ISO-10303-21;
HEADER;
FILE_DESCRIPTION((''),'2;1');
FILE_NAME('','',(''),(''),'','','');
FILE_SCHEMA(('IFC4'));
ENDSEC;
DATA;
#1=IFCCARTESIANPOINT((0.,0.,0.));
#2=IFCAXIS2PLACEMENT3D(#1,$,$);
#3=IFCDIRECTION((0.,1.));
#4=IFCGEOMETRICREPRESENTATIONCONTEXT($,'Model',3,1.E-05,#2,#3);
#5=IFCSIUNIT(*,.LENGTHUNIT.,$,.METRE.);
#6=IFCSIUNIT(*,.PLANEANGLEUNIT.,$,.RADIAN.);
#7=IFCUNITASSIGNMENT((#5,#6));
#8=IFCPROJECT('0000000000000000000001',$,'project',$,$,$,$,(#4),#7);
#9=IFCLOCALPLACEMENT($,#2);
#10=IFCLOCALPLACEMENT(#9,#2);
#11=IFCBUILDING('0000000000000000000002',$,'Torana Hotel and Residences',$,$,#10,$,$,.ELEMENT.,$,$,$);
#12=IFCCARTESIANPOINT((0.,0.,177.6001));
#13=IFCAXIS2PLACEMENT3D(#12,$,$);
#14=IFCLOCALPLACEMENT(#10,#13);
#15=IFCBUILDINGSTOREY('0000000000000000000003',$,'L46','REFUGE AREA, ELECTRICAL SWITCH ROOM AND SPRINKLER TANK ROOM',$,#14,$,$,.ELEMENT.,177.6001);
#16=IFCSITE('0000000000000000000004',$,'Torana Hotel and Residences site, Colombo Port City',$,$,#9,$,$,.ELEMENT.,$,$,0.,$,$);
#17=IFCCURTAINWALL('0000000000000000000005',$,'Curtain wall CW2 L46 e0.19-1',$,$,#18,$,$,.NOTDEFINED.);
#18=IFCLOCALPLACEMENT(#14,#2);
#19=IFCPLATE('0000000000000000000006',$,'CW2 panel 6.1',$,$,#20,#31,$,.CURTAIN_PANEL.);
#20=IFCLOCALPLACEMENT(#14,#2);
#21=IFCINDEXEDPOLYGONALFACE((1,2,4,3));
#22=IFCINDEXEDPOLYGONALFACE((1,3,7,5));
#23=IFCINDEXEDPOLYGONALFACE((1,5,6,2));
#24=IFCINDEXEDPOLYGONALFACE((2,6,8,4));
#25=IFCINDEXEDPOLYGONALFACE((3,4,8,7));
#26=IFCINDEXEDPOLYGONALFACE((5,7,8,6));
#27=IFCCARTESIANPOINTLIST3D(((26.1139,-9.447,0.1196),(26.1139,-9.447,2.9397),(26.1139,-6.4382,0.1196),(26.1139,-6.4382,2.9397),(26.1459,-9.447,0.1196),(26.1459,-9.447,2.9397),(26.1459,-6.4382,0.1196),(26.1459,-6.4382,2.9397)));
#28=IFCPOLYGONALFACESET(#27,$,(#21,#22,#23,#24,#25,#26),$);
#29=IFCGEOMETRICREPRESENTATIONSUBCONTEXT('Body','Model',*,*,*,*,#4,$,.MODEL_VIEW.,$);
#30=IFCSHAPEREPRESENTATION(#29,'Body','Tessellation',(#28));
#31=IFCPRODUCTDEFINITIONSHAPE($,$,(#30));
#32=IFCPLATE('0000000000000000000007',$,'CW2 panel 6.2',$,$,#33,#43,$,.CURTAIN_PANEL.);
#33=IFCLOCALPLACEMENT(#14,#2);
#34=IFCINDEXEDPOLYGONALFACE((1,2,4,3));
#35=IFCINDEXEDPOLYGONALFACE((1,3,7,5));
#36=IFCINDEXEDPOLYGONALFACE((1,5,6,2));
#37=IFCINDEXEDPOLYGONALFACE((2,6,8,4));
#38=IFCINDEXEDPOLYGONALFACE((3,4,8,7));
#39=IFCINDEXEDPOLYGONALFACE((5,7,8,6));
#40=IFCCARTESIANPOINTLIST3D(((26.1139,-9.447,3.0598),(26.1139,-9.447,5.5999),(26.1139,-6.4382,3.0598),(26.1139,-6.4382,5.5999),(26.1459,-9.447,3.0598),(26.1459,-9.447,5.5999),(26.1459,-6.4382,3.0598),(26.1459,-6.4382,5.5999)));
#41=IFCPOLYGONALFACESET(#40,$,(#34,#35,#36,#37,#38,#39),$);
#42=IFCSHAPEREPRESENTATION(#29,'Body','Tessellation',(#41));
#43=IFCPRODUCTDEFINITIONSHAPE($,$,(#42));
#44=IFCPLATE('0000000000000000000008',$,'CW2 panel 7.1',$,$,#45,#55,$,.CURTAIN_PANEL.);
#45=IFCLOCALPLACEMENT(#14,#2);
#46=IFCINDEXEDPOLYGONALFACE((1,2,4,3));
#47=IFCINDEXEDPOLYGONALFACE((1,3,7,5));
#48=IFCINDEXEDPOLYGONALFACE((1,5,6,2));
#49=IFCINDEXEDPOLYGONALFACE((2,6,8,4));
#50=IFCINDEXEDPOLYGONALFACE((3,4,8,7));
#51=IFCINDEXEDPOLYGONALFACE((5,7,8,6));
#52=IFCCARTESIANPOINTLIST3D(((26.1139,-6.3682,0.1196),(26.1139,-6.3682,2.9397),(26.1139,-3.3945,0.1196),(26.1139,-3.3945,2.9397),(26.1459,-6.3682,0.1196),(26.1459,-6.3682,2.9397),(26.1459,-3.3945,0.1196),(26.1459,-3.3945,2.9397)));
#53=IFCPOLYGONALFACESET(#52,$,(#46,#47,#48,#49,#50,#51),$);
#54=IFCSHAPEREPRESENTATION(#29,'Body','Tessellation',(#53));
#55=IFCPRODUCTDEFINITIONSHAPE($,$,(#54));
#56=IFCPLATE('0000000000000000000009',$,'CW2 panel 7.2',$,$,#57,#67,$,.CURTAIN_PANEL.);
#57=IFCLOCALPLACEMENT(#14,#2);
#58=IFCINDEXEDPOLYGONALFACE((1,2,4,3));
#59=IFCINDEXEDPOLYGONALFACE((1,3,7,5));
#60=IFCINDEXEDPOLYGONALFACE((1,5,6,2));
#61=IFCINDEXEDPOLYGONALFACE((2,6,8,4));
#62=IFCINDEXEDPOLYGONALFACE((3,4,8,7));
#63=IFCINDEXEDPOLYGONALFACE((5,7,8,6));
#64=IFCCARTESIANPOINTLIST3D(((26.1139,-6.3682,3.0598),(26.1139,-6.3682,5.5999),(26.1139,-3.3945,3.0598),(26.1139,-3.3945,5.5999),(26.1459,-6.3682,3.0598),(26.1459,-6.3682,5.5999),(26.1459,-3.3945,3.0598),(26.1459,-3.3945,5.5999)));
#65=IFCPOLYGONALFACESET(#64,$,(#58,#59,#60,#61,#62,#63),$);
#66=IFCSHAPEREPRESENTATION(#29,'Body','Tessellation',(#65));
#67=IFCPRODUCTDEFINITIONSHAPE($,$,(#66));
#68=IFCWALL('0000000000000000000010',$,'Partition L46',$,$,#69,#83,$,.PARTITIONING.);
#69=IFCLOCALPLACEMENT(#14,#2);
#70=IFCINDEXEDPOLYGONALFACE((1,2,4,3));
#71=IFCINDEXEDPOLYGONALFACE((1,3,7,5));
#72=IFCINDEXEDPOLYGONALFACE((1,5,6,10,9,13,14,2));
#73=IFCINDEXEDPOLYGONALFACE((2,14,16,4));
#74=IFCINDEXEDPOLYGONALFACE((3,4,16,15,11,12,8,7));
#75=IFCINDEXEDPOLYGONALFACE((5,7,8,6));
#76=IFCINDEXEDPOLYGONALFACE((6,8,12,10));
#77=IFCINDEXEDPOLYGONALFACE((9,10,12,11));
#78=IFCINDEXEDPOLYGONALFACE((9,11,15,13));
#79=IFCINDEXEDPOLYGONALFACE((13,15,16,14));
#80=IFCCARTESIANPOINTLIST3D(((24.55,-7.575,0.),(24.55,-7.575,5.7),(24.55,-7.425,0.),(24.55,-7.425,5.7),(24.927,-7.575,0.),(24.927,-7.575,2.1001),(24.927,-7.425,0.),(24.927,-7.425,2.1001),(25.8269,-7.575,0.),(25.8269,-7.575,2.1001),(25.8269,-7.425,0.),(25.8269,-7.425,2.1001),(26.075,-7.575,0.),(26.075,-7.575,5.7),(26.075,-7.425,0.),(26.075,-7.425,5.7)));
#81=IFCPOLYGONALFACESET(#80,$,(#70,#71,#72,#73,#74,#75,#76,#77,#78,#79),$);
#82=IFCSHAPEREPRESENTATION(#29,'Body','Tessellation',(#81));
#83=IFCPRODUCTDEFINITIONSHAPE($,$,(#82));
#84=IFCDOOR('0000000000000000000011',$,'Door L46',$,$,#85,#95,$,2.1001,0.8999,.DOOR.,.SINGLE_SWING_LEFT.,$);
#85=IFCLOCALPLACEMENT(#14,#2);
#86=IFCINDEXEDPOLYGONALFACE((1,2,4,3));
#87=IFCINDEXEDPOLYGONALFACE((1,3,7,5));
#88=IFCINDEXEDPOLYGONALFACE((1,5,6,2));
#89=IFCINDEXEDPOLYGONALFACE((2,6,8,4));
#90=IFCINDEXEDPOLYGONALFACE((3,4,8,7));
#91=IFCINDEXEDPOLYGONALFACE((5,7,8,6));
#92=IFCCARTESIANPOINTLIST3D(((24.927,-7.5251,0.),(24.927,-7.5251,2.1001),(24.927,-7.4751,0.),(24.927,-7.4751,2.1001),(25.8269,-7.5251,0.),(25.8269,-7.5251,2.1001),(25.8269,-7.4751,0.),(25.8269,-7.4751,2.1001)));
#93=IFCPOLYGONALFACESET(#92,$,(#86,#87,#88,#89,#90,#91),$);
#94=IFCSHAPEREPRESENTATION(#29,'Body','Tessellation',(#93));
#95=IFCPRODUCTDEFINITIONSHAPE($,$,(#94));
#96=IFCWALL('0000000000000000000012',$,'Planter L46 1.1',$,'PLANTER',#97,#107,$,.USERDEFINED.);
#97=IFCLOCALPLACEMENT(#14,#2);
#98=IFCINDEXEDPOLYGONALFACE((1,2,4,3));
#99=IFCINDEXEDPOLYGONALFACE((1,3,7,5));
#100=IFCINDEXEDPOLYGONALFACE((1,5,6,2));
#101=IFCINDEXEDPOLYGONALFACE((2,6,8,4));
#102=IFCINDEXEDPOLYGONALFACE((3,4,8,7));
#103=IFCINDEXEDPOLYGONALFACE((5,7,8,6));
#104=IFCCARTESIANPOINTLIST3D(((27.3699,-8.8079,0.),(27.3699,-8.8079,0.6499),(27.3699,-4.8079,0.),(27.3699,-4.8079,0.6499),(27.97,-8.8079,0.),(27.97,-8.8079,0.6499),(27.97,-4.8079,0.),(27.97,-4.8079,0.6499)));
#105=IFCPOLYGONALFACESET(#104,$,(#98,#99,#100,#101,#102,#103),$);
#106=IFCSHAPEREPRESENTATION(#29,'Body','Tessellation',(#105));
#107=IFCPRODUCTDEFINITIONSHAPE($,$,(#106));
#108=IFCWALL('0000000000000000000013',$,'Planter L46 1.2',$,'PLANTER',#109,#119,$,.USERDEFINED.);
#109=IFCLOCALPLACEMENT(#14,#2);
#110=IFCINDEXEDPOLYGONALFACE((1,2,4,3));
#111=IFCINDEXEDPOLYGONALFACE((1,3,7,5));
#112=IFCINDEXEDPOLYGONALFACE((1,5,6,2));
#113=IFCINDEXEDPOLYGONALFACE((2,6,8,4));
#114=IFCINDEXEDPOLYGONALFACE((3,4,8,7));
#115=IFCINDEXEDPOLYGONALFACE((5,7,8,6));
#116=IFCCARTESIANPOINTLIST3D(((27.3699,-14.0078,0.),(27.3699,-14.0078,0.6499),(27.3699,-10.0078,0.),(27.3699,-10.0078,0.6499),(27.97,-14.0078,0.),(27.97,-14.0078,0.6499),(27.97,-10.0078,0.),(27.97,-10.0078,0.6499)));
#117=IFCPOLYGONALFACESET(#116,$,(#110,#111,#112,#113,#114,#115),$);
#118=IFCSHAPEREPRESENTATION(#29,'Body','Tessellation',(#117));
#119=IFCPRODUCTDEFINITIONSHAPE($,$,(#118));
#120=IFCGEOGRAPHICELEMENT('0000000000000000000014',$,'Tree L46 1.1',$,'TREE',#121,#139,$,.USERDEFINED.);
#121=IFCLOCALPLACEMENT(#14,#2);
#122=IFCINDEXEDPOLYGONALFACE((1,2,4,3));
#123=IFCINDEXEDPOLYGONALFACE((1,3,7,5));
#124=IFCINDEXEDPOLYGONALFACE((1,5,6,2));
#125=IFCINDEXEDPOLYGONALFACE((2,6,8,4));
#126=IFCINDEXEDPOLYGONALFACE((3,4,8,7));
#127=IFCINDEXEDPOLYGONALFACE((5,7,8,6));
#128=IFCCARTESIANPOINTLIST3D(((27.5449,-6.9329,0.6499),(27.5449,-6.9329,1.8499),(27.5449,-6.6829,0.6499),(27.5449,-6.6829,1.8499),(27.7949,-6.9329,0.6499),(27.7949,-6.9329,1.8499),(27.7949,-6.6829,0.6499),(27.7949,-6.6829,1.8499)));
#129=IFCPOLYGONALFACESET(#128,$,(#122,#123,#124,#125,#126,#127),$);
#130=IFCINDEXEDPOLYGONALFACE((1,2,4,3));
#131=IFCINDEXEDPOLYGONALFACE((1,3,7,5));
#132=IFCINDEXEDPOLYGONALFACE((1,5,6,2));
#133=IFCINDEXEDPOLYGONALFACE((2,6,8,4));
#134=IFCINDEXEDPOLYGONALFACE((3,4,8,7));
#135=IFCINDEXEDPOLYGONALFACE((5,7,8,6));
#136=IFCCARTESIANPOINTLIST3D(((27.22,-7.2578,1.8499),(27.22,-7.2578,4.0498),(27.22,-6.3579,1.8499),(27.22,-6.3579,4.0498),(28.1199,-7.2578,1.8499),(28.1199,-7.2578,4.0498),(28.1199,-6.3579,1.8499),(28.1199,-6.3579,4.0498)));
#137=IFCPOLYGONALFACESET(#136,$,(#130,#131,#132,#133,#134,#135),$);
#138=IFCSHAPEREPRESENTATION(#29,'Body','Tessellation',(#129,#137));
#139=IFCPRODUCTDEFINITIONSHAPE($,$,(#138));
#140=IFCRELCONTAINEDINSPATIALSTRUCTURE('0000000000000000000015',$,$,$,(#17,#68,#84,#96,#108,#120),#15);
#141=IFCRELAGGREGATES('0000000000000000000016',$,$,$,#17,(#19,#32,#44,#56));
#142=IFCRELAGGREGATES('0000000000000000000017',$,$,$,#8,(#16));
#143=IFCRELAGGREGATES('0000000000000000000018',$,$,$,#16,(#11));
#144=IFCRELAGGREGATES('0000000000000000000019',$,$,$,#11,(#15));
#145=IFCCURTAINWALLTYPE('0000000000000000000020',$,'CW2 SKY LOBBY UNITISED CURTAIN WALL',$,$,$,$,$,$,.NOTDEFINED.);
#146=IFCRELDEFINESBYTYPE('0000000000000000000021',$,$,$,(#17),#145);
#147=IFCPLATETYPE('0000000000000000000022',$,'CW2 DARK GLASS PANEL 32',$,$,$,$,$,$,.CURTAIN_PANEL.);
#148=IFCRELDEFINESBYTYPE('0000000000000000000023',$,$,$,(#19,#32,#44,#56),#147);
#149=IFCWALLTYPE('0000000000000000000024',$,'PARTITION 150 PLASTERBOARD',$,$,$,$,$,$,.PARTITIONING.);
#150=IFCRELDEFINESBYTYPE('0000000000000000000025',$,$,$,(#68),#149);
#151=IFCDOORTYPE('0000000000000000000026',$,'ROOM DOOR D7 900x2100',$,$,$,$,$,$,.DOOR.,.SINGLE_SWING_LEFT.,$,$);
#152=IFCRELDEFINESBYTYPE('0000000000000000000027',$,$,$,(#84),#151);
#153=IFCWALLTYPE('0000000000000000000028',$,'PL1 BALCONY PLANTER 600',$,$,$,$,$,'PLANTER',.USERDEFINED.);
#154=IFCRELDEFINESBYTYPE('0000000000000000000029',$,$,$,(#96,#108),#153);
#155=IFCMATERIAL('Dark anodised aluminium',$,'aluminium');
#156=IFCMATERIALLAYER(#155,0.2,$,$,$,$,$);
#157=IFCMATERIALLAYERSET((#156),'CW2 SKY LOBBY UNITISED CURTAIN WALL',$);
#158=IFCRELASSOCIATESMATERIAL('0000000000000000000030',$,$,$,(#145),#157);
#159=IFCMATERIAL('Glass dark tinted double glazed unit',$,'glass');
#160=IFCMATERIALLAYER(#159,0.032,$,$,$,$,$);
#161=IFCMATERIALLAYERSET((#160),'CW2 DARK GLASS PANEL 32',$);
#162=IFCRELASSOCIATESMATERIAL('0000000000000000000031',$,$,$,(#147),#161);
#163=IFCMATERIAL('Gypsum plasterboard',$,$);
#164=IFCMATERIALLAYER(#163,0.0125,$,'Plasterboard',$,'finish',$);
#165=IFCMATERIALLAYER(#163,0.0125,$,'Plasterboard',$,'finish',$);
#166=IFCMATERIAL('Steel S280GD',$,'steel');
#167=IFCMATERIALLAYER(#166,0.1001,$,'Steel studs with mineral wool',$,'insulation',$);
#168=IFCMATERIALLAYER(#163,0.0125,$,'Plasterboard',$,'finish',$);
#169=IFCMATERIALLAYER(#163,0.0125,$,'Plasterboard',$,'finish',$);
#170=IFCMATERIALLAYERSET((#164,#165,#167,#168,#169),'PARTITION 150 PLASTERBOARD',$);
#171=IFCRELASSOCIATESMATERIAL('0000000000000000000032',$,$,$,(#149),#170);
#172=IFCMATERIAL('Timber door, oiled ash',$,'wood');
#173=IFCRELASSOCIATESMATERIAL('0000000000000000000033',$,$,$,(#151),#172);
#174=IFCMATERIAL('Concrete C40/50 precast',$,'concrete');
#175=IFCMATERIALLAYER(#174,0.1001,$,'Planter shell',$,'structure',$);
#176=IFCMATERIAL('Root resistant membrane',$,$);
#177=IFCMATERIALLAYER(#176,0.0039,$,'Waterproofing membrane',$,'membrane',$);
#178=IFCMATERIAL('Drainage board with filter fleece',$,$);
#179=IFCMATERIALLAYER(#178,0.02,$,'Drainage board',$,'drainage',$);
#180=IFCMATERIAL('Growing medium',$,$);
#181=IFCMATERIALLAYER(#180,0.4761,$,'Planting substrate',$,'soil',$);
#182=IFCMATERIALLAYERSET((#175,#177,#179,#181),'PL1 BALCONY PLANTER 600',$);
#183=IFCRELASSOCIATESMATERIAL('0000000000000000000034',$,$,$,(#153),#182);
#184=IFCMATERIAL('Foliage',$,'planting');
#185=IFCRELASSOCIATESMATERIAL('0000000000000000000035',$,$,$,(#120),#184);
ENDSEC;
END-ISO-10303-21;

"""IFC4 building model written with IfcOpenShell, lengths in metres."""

from ifc_helpers import new_model, si_unit, direction, frame, frame_2d, origin, origin_2d, place, context, subcontext, project, spatial, rectangle, extrude, material, layer, layer_set, type_object, element, fill, aggregate, save


model = new_model("IFC4")

# Units and contexts
model_context = context("Model", 3, precision=1e-05, world=origin(), true_north=direction((0.0, 1.0)))
body_context = subcontext(model_context, "Body", "Model", "MODEL_VIEW")
ifc_project = project(units=[si_unit("LENGTHUNIT", "METRE"), si_unit("PLANEANGLEUNIT", "RADIAN")], contexts=[model_context])

# Site, building, storey
site_placement = place(None, origin())
site = spatial("IfcSite", under=ifc_project, at=site_placement, Name="Torana Hotel and Residences site, Colombo Port City", CompositionType="ELEMENT", RefElevation=0.0)
building_placement = place(site_placement, origin())
building = spatial("IfcBuilding", under=site, at=building_placement, Name="Torana Hotel and Residences", CompositionType="ELEMENT")
storey_placement = place(building_placement, frame((0.0, 0.0, 177.6001)))
storey = spatial("IfcBuildingStorey", under=building, at=storey_placement, Name="L46", Description="REFUGE AREA, ELECTRICAL SWITCH ROOM AND SPRINKLER TANK ROOM", CompositionType="ELEMENT", Elevation=177.6001)

# Shared definitions
ifc_material_1 = material(Name="Dark anodised aluminium", Category="aluminium")
ifc_layer_1 = layer(ifc_material_1, 0.2)
ifc_layer_set_1 = layer_set([ifc_layer_1], Name="CW2 SKY LOBBY UNITISED CURTAIN WALL")
curtain_wall_type = type_object("IfcCurtainWallType", Name="CW2 SKY LOBBY UNITISED CURTAIN WALL", PredefinedType="NOTDEFINED", material=ifc_layer_set_1)

# Curtain wall
curtain_wall_1_placement = place(storey_placement, origin())
curtain_wall_1 = element("IfcCurtainWall", 1, at=curtain_wall_1_placement, inside=storey, type_object=curtain_wall_type, Name="Curtain wall CW2 L46 e0.19-1", PredefinedType="NOTDEFINED")

# Plates
ifc_material_2 = material(Name="Glass dark tinted double glazed unit", Category="glass")
ifc_layer_2 = layer(ifc_material_2, 0.032)
ifc_layer_set_2 = layer_set([ifc_layer_2], Name="CW2 DARK GLASS PANEL 32")
plate_type = type_object("IfcPlateType", Name="CW2 DARK GLASS PANEL 32", PredefinedType="CURTAIN_PANEL", material=ifc_layer_set_2)
plate_1_placement = place(storey_placement, frame((26.1299, -7.9426, 0.1196), z_axis=(0.0, 0.0, 1.0), x_axis=(0.0, 1.0, 0.0)))
plate_1 = element("IfcPlate", 2, at=plate_1_placement, type_object=plate_type, Name="CW2 panel 6.1", PredefinedType="CURTAIN_PANEL", context=body_context, shape_type="SweptSolid", body=[
    extrude(rectangle(XDim=3.0088, YDim=0.032, at=origin_2d()), origin(), (0.0, 0.0, 1.0), 2.8201),
])
plate_2_placement = place(storey_placement, frame((26.1299, -7.9426, 3.0598), z_axis=(0.0, 0.0, 1.0), x_axis=(0.0, 1.0, 0.0)))
plate_2 = element("IfcPlate", 3, at=plate_2_placement, type_object=plate_type, Name="CW2 panel 6.2", PredefinedType="CURTAIN_PANEL", context=body_context, shape_type="SweptSolid", body=[
    extrude(rectangle(XDim=3.0088, YDim=0.032, at=origin_2d()), origin(), (0.0, 0.0, 1.0), 2.54),
])
plate_3_placement = place(storey_placement, frame((26.1299, -4.8813, 0.1196), z_axis=(0.0, 0.0, 1.0), x_axis=(0.0, 1.0, 0.0)))
plate_3 = element("IfcPlate", 4, at=plate_3_placement, type_object=plate_type, Name="CW2 panel 7.1", PredefinedType="CURTAIN_PANEL", context=body_context, shape_type="SweptSolid", body=[
    extrude(rectangle(XDim=2.9736, YDim=0.032, at=origin_2d()), origin(), (0.0, 0.0, 1.0), 2.8201),
])
plate_4_placement = place(storey_placement, frame((26.1299, -4.8813, 3.0598), z_axis=(0.0, 0.0, 1.0), x_axis=(0.0, 1.0, 0.0)))
plate_4 = element("IfcPlate", 5, at=plate_4_placement, type_object=plate_type, Name="CW2 panel 7.2", PredefinedType="CURTAIN_PANEL", context=body_context, shape_type="SweptSolid", body=[
    extrude(rectangle(XDim=2.9736, YDim=0.032, at=origin_2d()), origin(), (0.0, 0.0, 1.0), 2.54),
])
aggregate(curtain_wall_1, [plate_1, plate_2, plate_3, plate_4])

# Wall, opening, door
ifc_material_3 = material(Name="Gypsum plasterboard")
ifc_layer_3 = layer(ifc_material_3, 0.0125, Name="Plasterboard", Category="finish")
ifc_layer_4 = layer(ifc_material_3, 0.0125, Name="Plasterboard", Category="finish")
ifc_material_4 = material(Name="Steel S280GD", Category="steel")
ifc_layer_5 = layer(ifc_material_4, 0.1001, Name="Steel studs with mineral wool", Category="insulation")
ifc_layer_6 = layer(ifc_material_3, 0.0125, Name="Plasterboard", Category="finish")
ifc_layer_7 = layer(ifc_material_3, 0.0125, Name="Plasterboard", Category="finish")
ifc_layer_set_3 = layer_set([ifc_layer_3, ifc_layer_4, ifc_layer_5, ifc_layer_6, ifc_layer_7], Name="PARTITION 150 PLASTERBOARD")
wall_type_1 = type_object("IfcWallType", Name="PARTITION 150 PLASTERBOARD", PredefinedType="PARTITIONING", material=ifc_layer_set_3)
wall_placement = place(storey_placement, frame((24.55, -7.5, 0.0), z_axis=(0.0, 0.0, 1.0), x_axis=(1.0, 0.0, 0.0)))
wall = element("IfcWall", 6, at=wall_placement, inside=storey, type_object=wall_type_1, Name="Partition L46", PredefinedType="PARTITIONING", context=body_context, shape_type="SweptSolid", body=[
    extrude(rectangle(XDim=1.5249, YDim=0.1499, at=frame_2d((0.7625, 0.0))), origin(), (0.0, 0.0, 1.0), 5.7),
])
opening_placement = place(wall_placement, frame((0.377, 0.0, 0.0)))
opening = element("IfcOpeningElement", 7, at=opening_placement, cuts=wall, PredefinedType="OPENING", context=body_context, shape_type="SweptSolid", body=[
    extrude(rectangle(XDim=0.8999, YDim=2.1001, at=frame_2d((0.45, 1.05))), frame((0.0, 0.085, 0.0), z_axis=(0.0, -1.0, 0.0), x_axis=(1.0, 0.0, 0.0)), (0.0, 0.0, 1.0), 0.1699),
])
ifc_material_5 = material(Name="Timber door, oiled ash", Category="wood")
door_type = type_object("IfcDoorType", Name="ROOM DOOR D7 900x2100", OperationType="SINGLE_SWING_LEFT", PredefinedType="DOOR", material=ifc_material_5)
door_placement = place(opening_placement, origin())
door = element("IfcDoor", 8, at=door_placement, inside=storey, type_object=door_type, Name="Door L46", OperationType="SINGLE_SWING_LEFT", OverallHeight=2.1001, OverallWidth=0.8999, PredefinedType="DOOR", context=body_context, shape_type="SweptSolid", body=[
    extrude(rectangle(XDim=0.8999, YDim=2.1001, at=frame_2d((0.45, 1.05))), frame((0.0, 0.0249, 0.0), z_axis=(0.0, -1.0, 0.0), x_axis=(1.0, 0.0, 0.0)), (0.0, 0.0, 1.0), 0.05),
])
fill(opening, door)

# Walls
ifc_material_6 = material(Name="Concrete C40/50 precast", Category="concrete")
ifc_layer_8 = layer(ifc_material_6, 0.1001, Name="Planter shell", Category="structure")
ifc_material_7 = material(Name="Root resistant membrane")
ifc_layer_9 = layer(ifc_material_7, 0.0039, Name="Waterproofing membrane", Category="membrane")
ifc_material_8 = material(Name="Drainage board with filter fleece")
ifc_layer_10 = layer(ifc_material_8, 0.02, Name="Drainage board", Category="drainage")
ifc_material_9 = material(Name="Growing medium")
ifc_layer_11 = layer(ifc_material_9, 0.4761, Name="Planting substrate", Category="soil")
ifc_layer_set_4 = layer_set([ifc_layer_8, ifc_layer_9, ifc_layer_10, ifc_layer_11], Name="PL1 BALCONY PLANTER 600")
wall_type_2 = type_object("IfcWallType", Name="PL1 BALCONY PLANTER 600", ElementType="PLANTER", PredefinedType="USERDEFINED", material=ifc_layer_set_4)
for number, where, z_axis, x_axis, name in (
    (9, (27.6699, -4.8079, 0.0), (0.0, 0.0, 1.0), (0.0, -1.0, 0.0), "Planter L46 1.1"),
    (10, (27.6699, -10.0078, 0.0), (0.0, 0.0, 1.0), (0.0, -1.0, 0.0), "Planter L46 1.2"),
):
    element("IfcWall", number, at=place(storey_placement, frame(where, z_axis=z_axis, x_axis=x_axis)), inside=storey, type_object=wall_type_2, Name=name, ObjectType="PLANTER", PredefinedType="USERDEFINED", context=body_context, shape_type="SweptSolid", body=[
        extrude(rectangle(XDim=4.0, YDim=0.6001, at=frame_2d((2.0, 0.0))), origin(), (0.0, 0.0, 1.0), 0.6499),
    ])

# Geographic element
ifc_material_10 = material(Name="Foliage", Category="planting")
geographic_element_placement = place(storey_placement, frame((27.6699, -6.8079, 0.6499), z_axis=(0.0, 0.0, 1.0), x_axis=(1.0, 0.0, 0.0)))
element("IfcGeographicElement", 11, at=geographic_element_placement, inside=storey, material=ifc_material_10, Name="Tree L46 1.1", ObjectType="TREE", PredefinedType="USERDEFINED", context=body_context, shape_type="SweptSolid", body=[
    extrude(rectangle(XDim=0.25, YDim=0.25, at=origin_2d()), origin(), (0.0, 0.0, 1.0), 1.2),
    extrude(rectangle(XDim=0.8999, YDim=0.8999, at=origin_2d()), frame((0.0, 0.0, 1.2)), (0.0, 0.0, 1.0), 2.2),
])

save(model, "model.ifc")
